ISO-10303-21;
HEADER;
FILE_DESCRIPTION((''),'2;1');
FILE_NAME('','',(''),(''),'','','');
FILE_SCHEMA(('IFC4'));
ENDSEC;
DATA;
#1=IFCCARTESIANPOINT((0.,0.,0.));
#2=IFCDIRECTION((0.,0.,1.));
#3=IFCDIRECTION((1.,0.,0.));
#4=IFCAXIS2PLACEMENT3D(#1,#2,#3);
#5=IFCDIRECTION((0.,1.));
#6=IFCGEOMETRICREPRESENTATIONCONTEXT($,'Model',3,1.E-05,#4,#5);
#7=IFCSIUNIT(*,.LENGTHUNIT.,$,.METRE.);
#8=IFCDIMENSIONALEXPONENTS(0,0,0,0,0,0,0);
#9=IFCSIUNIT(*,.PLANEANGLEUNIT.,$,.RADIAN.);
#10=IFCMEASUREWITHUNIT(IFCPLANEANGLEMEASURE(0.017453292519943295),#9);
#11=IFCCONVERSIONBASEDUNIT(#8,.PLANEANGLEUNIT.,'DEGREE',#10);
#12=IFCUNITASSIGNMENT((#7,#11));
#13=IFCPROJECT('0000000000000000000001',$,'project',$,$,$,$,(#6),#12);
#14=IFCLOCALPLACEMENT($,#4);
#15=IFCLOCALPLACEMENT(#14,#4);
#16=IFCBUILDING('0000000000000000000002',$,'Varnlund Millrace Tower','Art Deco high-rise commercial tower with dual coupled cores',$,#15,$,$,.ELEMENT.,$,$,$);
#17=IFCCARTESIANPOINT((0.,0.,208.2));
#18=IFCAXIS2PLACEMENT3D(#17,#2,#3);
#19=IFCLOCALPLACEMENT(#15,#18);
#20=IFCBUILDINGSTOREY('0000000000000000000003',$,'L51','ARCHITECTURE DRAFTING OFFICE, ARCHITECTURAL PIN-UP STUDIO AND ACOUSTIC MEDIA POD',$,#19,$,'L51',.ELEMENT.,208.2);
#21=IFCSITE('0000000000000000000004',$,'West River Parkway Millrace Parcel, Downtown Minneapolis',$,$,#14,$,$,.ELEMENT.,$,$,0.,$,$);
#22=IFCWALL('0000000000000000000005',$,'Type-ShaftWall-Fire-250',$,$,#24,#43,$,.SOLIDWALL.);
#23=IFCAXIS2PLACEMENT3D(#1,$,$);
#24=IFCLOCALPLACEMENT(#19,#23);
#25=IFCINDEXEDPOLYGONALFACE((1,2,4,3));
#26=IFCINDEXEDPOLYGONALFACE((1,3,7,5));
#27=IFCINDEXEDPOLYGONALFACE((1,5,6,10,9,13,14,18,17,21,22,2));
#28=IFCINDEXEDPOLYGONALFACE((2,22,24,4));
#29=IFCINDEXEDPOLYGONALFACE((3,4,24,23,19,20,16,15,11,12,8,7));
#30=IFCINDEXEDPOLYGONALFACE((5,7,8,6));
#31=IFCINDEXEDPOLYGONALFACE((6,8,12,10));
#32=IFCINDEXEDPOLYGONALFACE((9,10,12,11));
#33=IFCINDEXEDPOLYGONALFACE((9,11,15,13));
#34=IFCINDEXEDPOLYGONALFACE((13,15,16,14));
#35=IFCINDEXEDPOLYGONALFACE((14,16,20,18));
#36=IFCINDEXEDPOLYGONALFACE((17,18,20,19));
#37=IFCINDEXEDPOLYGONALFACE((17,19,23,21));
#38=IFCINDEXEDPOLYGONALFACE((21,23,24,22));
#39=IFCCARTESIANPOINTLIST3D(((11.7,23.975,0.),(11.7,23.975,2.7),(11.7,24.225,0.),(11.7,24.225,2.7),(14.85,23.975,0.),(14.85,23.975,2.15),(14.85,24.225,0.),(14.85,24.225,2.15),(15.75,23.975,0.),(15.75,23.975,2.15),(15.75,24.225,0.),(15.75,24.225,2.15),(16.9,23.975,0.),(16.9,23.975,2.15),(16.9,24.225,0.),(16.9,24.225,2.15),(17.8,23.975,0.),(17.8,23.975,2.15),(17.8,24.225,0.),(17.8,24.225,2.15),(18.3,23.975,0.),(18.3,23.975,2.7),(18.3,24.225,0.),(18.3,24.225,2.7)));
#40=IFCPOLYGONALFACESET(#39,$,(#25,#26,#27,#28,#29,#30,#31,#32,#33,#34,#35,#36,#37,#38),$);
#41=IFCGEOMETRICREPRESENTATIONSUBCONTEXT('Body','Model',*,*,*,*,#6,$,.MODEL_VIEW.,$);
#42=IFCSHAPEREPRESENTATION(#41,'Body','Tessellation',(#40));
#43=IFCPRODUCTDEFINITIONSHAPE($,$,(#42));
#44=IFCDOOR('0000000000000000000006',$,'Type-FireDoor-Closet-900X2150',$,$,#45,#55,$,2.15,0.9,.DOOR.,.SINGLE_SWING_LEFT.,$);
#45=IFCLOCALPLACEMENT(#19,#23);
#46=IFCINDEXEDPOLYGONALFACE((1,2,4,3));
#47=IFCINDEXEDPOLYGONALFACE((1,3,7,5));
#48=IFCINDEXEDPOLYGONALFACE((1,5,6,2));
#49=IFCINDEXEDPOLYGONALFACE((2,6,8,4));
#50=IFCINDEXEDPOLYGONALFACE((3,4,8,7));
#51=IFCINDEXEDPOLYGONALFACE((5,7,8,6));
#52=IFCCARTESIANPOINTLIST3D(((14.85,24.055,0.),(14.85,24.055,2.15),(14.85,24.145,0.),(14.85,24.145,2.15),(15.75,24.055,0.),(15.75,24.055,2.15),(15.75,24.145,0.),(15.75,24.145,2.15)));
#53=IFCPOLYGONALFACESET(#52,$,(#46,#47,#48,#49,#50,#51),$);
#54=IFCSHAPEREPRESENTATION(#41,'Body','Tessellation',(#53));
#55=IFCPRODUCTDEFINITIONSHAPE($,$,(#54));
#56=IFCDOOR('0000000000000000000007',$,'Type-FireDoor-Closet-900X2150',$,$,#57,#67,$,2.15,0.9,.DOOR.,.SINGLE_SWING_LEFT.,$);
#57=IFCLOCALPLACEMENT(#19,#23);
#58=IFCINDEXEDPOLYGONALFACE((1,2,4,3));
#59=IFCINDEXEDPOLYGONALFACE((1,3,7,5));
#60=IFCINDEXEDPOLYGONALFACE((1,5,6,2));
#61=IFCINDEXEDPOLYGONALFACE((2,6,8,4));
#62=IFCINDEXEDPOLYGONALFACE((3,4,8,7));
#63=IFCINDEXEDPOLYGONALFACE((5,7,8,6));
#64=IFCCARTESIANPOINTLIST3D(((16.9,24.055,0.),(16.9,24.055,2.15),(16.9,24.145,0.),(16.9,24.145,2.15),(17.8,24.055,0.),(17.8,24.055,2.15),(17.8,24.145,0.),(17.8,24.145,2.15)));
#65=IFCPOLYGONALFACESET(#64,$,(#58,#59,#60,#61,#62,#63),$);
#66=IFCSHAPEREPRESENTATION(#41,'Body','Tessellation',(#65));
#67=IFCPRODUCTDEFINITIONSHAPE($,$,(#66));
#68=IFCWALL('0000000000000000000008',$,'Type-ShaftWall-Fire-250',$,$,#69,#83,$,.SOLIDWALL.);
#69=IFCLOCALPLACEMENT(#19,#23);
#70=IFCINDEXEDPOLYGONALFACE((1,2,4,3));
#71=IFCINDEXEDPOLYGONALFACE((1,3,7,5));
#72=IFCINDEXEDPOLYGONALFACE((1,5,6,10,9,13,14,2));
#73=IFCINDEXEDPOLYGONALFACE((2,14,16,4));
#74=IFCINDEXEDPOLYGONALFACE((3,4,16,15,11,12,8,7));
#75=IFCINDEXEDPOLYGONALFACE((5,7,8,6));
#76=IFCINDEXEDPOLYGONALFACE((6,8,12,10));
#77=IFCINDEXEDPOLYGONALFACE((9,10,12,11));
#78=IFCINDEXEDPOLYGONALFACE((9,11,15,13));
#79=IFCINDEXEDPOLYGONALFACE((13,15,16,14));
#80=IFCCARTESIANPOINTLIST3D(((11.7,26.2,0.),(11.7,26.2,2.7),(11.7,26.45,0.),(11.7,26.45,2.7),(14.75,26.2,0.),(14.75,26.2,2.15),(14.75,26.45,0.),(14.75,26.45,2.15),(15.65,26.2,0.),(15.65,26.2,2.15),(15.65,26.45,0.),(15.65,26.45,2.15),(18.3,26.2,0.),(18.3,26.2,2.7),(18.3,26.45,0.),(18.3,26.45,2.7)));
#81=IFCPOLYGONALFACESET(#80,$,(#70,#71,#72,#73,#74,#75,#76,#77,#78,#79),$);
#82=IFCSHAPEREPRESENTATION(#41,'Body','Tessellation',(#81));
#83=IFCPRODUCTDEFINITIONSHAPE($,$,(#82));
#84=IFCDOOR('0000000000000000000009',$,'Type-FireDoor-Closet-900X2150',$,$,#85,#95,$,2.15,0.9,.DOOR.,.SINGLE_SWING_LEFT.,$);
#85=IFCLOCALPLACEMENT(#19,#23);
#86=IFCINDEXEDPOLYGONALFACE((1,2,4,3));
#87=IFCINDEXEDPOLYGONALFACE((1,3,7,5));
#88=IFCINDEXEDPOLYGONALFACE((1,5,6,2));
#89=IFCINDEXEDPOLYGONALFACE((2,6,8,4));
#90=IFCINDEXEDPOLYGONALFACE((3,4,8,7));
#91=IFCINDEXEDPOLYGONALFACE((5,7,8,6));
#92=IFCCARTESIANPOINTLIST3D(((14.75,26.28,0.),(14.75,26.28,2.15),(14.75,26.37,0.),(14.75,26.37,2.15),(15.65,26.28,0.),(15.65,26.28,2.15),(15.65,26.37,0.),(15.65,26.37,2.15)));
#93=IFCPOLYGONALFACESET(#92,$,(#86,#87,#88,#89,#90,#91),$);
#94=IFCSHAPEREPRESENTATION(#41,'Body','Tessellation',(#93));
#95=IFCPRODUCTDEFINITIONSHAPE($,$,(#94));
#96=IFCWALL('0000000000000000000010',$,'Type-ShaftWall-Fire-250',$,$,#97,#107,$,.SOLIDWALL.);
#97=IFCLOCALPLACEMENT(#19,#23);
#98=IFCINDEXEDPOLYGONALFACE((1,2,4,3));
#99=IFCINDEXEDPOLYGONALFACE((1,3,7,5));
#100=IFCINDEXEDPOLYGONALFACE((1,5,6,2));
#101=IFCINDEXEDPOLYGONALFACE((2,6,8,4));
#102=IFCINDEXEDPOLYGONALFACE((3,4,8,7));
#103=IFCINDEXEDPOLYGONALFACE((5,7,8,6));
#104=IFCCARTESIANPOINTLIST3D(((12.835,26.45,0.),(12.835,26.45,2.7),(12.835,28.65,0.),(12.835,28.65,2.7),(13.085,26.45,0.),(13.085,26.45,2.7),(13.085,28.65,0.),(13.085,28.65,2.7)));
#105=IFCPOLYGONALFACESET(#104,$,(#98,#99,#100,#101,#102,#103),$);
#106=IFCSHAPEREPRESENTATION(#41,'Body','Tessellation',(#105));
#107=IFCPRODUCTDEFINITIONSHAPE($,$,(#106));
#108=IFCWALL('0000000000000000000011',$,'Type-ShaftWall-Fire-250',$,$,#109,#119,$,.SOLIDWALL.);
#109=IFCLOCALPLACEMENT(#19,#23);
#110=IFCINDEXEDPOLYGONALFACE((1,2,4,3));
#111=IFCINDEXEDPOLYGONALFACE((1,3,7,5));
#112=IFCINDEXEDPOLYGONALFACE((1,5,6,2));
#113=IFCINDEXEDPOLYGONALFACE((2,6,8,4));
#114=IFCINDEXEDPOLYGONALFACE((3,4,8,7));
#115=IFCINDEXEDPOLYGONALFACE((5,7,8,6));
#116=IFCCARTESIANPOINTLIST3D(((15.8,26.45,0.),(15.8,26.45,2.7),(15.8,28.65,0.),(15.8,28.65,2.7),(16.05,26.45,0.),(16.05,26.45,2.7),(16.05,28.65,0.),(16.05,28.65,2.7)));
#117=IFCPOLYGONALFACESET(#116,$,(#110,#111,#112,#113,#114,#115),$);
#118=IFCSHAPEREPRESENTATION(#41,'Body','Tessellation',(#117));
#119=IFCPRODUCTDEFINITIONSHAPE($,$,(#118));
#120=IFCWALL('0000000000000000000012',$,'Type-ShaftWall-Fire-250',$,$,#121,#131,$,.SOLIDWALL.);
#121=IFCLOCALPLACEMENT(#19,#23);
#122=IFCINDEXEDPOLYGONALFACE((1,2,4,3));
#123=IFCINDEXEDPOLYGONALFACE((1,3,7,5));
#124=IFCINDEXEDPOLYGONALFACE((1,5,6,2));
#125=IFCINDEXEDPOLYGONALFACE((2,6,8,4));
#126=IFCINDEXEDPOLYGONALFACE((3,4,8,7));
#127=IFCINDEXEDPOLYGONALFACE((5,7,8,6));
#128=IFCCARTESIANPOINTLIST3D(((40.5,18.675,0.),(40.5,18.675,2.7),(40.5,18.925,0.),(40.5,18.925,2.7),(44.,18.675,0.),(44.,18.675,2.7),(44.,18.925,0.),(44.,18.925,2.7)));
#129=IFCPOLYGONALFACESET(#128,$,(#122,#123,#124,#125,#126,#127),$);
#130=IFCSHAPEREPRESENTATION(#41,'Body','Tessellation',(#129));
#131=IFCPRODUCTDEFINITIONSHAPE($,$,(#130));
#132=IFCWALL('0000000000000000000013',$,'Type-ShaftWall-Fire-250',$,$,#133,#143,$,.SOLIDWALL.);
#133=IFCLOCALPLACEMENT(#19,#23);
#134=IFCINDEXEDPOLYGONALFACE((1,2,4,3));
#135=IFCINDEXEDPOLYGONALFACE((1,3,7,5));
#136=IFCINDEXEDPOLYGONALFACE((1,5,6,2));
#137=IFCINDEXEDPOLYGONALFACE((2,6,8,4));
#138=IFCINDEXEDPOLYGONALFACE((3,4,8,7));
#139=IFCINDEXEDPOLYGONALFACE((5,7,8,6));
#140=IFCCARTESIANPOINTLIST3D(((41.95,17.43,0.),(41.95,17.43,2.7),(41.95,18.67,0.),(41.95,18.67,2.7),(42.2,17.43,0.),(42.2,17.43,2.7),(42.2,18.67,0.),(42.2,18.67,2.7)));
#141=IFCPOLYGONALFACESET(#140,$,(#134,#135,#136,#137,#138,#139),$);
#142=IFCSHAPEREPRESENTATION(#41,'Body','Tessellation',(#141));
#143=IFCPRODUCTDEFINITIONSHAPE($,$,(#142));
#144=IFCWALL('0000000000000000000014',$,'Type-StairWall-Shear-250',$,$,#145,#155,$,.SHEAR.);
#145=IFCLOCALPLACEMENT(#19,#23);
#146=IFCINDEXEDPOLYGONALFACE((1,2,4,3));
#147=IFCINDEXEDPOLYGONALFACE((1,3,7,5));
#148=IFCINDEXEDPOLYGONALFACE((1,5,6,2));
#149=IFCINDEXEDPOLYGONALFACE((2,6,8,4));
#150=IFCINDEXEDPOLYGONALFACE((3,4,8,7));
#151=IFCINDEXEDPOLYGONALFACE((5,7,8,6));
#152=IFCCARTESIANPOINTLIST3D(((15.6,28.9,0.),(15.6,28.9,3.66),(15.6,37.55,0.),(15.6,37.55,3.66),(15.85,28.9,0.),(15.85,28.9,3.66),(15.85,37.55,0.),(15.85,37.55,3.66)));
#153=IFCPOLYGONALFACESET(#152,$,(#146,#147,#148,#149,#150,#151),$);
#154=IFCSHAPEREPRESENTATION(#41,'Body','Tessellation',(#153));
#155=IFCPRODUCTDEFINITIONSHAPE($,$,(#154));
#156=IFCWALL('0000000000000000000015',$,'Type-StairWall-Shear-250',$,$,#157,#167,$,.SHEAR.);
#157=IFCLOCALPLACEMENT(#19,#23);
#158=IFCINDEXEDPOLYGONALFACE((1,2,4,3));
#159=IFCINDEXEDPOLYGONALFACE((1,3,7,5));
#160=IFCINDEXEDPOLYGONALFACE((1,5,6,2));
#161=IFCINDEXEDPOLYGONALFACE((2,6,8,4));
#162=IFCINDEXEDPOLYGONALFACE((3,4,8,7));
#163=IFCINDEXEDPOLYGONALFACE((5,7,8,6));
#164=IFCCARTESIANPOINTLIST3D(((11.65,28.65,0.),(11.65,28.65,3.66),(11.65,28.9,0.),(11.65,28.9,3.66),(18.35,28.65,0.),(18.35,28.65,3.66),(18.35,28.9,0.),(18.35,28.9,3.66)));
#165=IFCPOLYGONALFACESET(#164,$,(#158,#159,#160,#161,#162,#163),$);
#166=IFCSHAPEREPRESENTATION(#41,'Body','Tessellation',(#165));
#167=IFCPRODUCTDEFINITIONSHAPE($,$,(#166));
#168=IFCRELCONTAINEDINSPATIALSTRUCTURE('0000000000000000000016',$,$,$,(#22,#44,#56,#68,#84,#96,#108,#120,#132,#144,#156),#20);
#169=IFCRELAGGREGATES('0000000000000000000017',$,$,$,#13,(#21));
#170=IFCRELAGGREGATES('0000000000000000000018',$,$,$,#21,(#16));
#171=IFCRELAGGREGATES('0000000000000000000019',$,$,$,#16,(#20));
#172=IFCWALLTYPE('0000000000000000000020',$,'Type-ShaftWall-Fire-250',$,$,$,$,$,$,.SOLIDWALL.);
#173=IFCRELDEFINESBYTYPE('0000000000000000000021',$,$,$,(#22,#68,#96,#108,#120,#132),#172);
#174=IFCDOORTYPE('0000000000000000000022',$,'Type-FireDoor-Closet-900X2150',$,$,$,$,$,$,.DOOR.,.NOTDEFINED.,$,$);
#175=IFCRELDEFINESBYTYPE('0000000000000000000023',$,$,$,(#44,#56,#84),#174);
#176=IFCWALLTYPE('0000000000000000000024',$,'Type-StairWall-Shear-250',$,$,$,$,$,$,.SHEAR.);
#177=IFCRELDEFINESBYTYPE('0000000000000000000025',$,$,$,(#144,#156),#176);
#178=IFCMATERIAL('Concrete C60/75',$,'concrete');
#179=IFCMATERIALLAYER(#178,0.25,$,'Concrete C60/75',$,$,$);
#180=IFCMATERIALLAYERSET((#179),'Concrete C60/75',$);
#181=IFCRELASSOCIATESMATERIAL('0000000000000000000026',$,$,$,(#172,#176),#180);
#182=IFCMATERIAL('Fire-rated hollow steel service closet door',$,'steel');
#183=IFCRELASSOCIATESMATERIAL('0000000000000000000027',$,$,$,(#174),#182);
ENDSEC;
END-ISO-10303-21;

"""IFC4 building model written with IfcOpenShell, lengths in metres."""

from ifc_helpers import new_model, entity, si_unit, converted_unit, direction, frame, origin_with_axes, origin_2d_with_axis, place, context, subcontext, project, spatial, polyline, rectangle, outline, extrude, material, layer, layer_set, type_object, element, fill, save


model = new_model("IFC4")

# Units and contexts
model_context = context("Model", 3, precision=1e-05, world=origin_with_axes(), true_north=direction((0.0, 1.0)))
body_context = subcontext(model_context, "Body", "Model", "MODEL_VIEW")
ifc_project = project(units=[si_unit("LENGTHUNIT", "METRE"), converted_unit("PLANEANGLEUNIT", "DEGREE", entity("IfcPlaneAngleMeasure", 0.017453292519943295), si_unit("PLANEANGLEUNIT", "RADIAN"), dimensions=[0, 0, 0, 0, 0, 0, 0])], contexts=[model_context])

# Site, building, storey
site_placement = place(None, origin_with_axes())
site = spatial("IfcSite", under=ifc_project, at=site_placement, Name="West River Parkway Millrace Parcel, Downtown Minneapolis", CompositionType="ELEMENT", RefElevation=0.0)
building_placement = place(site_placement, origin_with_axes())
building = spatial("IfcBuilding", under=site, at=building_placement, Name="Varnlund Millrace Tower", Description="Art Deco high-rise commercial tower with dual coupled cores", CompositionType="ELEMENT")
storey_placement = place(building_placement, frame((0.0, 0.0, 208.2), z_axis=(0.0, 0.0, 1.0), x_axis=(1.0, 0.0, 0.0)))
storey = spatial("IfcBuildingStorey", under=building, at=storey_placement, Name="L51", Description="ARCHITECTURE DRAFTING OFFICE, ARCHITECTURAL PIN-UP STUDIO AND ACOUSTIC MEDIA POD", LongName="L51", CompositionType="ELEMENT", Elevation=208.2)

# Wall, openings, doors
ifc_material_1 = material(Name="Concrete C60/75", Category="concrete")
ifc_layer_1 = layer(ifc_material_1, 0.25, Name="Concrete C60/75")
ifc_layer_set_1 = layer_set([ifc_layer_1], Name="Concrete C60/75")
wall_type_1 = type_object("IfcWallType", Name="Type-ShaftWall-Fire-250", PredefinedType="SOLIDWALL", material=ifc_layer_set_1)
wall_1_placement = place(storey_placement, frame((11.7, 24.1, 0.0), z_axis=(0.0, 0.0, 1.0), x_axis=(1.0, 0.0, 0.0)))
wall_1 = element("IfcWall", 1, at=wall_1_placement, inside=storey, type_object=wall_type_1, Name="Type-ShaftWall-Fire-250", PredefinedType="SOLIDWALL", context=body_context, shape_type="SweptSolid", body=[
    extrude(outline(polyline([(0.0, -0.125), (6.6, -0.125), (6.6, 0.125), (0.0, 0.125), (0.0, -0.125)])), origin_with_axes(), (0.0, 0.0, 1.0), 2.7),
])
opening_1_placement = place(wall_1_placement, frame((3.6, 0.0, 0.0), z_axis=(0.0, 0.0, 1.0), x_axis=(1.0, 0.0, 0.0)))
opening_1 = element("IfcOpeningElement", 2, at=opening_1_placement, cuts=wall_1, PredefinedType="OPENING", context=body_context, shape_type="SweptSolid", body=[
    extrude(rectangle(XDim=0.9, YDim=0.27, at=origin_2d_with_axis()), origin_with_axes(), (0.0, 0.0, 1.0), 2.15),
])
opening_2_placement = place(wall_1_placement, frame((5.65, 0.0, 0.0), z_axis=(0.0, 0.0, 1.0), x_axis=(1.0, 0.0, 0.0)))
opening_2 = element("IfcOpeningElement", 3, at=opening_2_placement, cuts=wall_1, PredefinedType="OPENING", context=body_context, shape_type="SweptSolid", body=[
    extrude(rectangle(XDim=0.9, YDim=0.27, at=origin_2d_with_axis()), origin_with_axes(), (0.0, 0.0, 1.0), 2.15),
])
ifc_material_2 = material(Name="Fire-rated hollow steel service closet door", Category="steel")
door_type_1 = type_object("IfcDoorType", Name="Type-FireDoor-Closet-900X2150", OperationType="NOTDEFINED", PredefinedType="DOOR", material=ifc_material_2)
door_1_placement = place(wall_1_placement, frame((3.6, 0.0, 0.0), z_axis=(0.0, 0.0, 1.0), x_axis=(1.0, 0.0, 0.0)))
door_1 = element("IfcDoor", 4, at=door_1_placement, inside=storey, type_object=door_type_1, Name="Type-FireDoor-Closet-900X2150", OperationType="SINGLE_SWING_LEFT", OverallHeight=2.15, OverallWidth=0.9, PredefinedType="DOOR", context=body_context, shape_type="SweptSolid", body=[
    extrude(rectangle(XDim=0.9, YDim=0.09, at=origin_2d_with_axis()), origin_with_axes(), (0.0, 0.0, 1.0), 2.15),
])
fill(opening_1, door_1)
door_2_placement = place(wall_1_placement, frame((5.65, 0.0, 0.0), z_axis=(0.0, 0.0, 1.0), x_axis=(1.0, 0.0, 0.0)))
door_2 = element("IfcDoor", 5, at=door_2_placement, inside=storey, type_object=door_type_1, Name="Type-FireDoor-Closet-900X2150", OperationType="SINGLE_SWING_LEFT", OverallHeight=2.15, OverallWidth=0.9, PredefinedType="DOOR", context=body_context, shape_type="SweptSolid", body=[
    extrude(rectangle(XDim=0.9, YDim=0.09, at=origin_2d_with_axis()), origin_with_axes(), (0.0, 0.0, 1.0), 2.15),
])
fill(opening_2, door_2)

# Wall, opening, door
wall_2_placement = place(storey_placement, frame((11.7, 26.325, 0.0), z_axis=(0.0, 0.0, 1.0), x_axis=(1.0, 0.0, 0.0)))
wall_2 = element("IfcWall", 6, at=wall_2_placement, inside=storey, type_object=wall_type_1, Name="Type-ShaftWall-Fire-250", PredefinedType="SOLIDWALL", context=body_context, shape_type="SweptSolid", body=[
    extrude(outline(polyline([(0.0, -0.125), (6.6, -0.125), (6.6, 0.125), (0.0, 0.125), (0.0, -0.125)])), origin_with_axes(), (0.0, 0.0, 1.0), 2.7),
])
opening_3_placement = place(wall_2_placement, frame((3.5, 0.0, 0.0), z_axis=(0.0, 0.0, 1.0), x_axis=(1.0, 0.0, 0.0)))
opening_3 = element("IfcOpeningElement", 7, at=opening_3_placement, cuts=wall_2, PredefinedType="OPENING", context=body_context, shape_type="SweptSolid", body=[
    extrude(rectangle(XDim=0.9, YDim=0.27, at=origin_2d_with_axis()), origin_with_axes(), (0.0, 0.0, 1.0), 2.15),
])
door_3_placement = place(wall_2_placement, frame((3.5, 0.0, 0.0), z_axis=(0.0, 0.0, 1.0), x_axis=(1.0, 0.0, 0.0)))
door_3 = element("IfcDoor", 8, at=door_3_placement, inside=storey, type_object=door_type_1, Name="Type-FireDoor-Closet-900X2150", OperationType="SINGLE_SWING_LEFT", OverallHeight=2.15, OverallWidth=0.9, PredefinedType="DOOR", context=body_context, shape_type="SweptSolid", body=[
    extrude(rectangle(XDim=0.9, YDim=0.09, at=origin_2d_with_axis()), origin_with_axes(), (0.0, 0.0, 1.0), 2.15),
])
fill(opening_3, door_3)

# Walls
for number, where, z_axis, x_axis, name in (
    (9, (12.96, 26.45, 0.0), (0.0, 0.0, 1.0), (0.0, 1.0, 0.0), "Type-ShaftWall-Fire-250"),
    (10, (15.925, 26.45, 0.0), (0.0, 0.0, 1.0), (0.0, 1.0, 0.0), "Type-ShaftWall-Fire-250"),
):
    element("IfcWall", number, at=place(storey_placement, frame(where, z_axis=z_axis, x_axis=x_axis)), inside=storey, type_object=wall_type_1, Name=name, PredefinedType="SOLIDWALL", context=body_context, shape_type="SweptSolid", body=[
        extrude(outline(polyline([(0.0, -0.125), (2.2, -0.125), (2.2, 0.125), (0.0, 0.125), (0.0, -0.125)])), origin_with_axes(), (0.0, 0.0, 1.0), 2.7),
    ])
wall_3_placement = place(storey_placement, frame((40.5, 18.8, 0.0), z_axis=(0.0, 0.0, 1.0), x_axis=(1.0, 0.0, 0.0)))
element("IfcWall", 11, at=wall_3_placement, inside=storey, type_object=wall_type_1, Name="Type-ShaftWall-Fire-250", PredefinedType="SOLIDWALL", context=body_context, shape_type="SweptSolid", body=[
    extrude(outline(polyline([(0.0, -0.125), (3.5, -0.125), (3.5, 0.125), (0.0, 0.125), (0.0, -0.125)])), origin_with_axes(), (0.0, 0.0, 1.0), 2.7),
])
wall_4_placement = place(storey_placement, frame((42.075, 17.43, 0.0), z_axis=(0.0, 0.0, 1.0), x_axis=(0.0, 1.0, 0.0)))
element("IfcWall", 12, at=wall_4_placement, inside=storey, type_object=wall_type_1, Name="Type-ShaftWall-Fire-250", PredefinedType="SOLIDWALL", context=body_context, shape_type="SweptSolid", body=[
    extrude(outline(polyline([(0.0, -0.125), (1.24, -0.125), (1.24, 0.125), (0.0, 0.125), (0.0, -0.125)])), origin_with_axes(), (0.0, 0.0, 1.0), 2.7),
])
wall_type_2 = type_object("IfcWallType", Name="Type-StairWall-Shear-250", PredefinedType="SHEAR", material=ifc_layer_set_1)
wall_5_placement = place(storey_placement, frame((15.725, 28.9, 0.0), z_axis=(0.0, 0.0, 1.0), x_axis=(0.0, 1.0, 0.0)))
element("IfcWall", 13, at=wall_5_placement, inside=storey, type_object=wall_type_2, Name="Type-StairWall-Shear-250", PredefinedType="SHEAR", context=body_context, shape_type="SweptSolid", body=[
    extrude(outline(polyline([(0.0, -0.125), (8.65, -0.125), (8.65, 0.125), (0.0, 0.125), (0.0, -0.125)])), origin_with_axes(), (0.0, 0.0, 1.0), 3.66),
])
wall_6_placement = place(storey_placement, frame((11.65, 28.775, 0.0), z_axis=(0.0, 0.0, 1.0), x_axis=(1.0, 0.0, 0.0)))
element("IfcWall", 14, at=wall_6_placement, inside=storey, type_object=wall_type_2, Name="Type-StairWall-Shear-250", PredefinedType="SHEAR", context=body_context, shape_type="SweptSolid", body=[
    extrude(outline(polyline([(0.0, -0.125), (6.7, -0.125), (6.7, 0.125), (0.0, 0.125), (0.0, -0.125)])), origin_with_axes(), (0.0, 0.0, 1.0), 3.66),
])

save(model, "model.ifc")
